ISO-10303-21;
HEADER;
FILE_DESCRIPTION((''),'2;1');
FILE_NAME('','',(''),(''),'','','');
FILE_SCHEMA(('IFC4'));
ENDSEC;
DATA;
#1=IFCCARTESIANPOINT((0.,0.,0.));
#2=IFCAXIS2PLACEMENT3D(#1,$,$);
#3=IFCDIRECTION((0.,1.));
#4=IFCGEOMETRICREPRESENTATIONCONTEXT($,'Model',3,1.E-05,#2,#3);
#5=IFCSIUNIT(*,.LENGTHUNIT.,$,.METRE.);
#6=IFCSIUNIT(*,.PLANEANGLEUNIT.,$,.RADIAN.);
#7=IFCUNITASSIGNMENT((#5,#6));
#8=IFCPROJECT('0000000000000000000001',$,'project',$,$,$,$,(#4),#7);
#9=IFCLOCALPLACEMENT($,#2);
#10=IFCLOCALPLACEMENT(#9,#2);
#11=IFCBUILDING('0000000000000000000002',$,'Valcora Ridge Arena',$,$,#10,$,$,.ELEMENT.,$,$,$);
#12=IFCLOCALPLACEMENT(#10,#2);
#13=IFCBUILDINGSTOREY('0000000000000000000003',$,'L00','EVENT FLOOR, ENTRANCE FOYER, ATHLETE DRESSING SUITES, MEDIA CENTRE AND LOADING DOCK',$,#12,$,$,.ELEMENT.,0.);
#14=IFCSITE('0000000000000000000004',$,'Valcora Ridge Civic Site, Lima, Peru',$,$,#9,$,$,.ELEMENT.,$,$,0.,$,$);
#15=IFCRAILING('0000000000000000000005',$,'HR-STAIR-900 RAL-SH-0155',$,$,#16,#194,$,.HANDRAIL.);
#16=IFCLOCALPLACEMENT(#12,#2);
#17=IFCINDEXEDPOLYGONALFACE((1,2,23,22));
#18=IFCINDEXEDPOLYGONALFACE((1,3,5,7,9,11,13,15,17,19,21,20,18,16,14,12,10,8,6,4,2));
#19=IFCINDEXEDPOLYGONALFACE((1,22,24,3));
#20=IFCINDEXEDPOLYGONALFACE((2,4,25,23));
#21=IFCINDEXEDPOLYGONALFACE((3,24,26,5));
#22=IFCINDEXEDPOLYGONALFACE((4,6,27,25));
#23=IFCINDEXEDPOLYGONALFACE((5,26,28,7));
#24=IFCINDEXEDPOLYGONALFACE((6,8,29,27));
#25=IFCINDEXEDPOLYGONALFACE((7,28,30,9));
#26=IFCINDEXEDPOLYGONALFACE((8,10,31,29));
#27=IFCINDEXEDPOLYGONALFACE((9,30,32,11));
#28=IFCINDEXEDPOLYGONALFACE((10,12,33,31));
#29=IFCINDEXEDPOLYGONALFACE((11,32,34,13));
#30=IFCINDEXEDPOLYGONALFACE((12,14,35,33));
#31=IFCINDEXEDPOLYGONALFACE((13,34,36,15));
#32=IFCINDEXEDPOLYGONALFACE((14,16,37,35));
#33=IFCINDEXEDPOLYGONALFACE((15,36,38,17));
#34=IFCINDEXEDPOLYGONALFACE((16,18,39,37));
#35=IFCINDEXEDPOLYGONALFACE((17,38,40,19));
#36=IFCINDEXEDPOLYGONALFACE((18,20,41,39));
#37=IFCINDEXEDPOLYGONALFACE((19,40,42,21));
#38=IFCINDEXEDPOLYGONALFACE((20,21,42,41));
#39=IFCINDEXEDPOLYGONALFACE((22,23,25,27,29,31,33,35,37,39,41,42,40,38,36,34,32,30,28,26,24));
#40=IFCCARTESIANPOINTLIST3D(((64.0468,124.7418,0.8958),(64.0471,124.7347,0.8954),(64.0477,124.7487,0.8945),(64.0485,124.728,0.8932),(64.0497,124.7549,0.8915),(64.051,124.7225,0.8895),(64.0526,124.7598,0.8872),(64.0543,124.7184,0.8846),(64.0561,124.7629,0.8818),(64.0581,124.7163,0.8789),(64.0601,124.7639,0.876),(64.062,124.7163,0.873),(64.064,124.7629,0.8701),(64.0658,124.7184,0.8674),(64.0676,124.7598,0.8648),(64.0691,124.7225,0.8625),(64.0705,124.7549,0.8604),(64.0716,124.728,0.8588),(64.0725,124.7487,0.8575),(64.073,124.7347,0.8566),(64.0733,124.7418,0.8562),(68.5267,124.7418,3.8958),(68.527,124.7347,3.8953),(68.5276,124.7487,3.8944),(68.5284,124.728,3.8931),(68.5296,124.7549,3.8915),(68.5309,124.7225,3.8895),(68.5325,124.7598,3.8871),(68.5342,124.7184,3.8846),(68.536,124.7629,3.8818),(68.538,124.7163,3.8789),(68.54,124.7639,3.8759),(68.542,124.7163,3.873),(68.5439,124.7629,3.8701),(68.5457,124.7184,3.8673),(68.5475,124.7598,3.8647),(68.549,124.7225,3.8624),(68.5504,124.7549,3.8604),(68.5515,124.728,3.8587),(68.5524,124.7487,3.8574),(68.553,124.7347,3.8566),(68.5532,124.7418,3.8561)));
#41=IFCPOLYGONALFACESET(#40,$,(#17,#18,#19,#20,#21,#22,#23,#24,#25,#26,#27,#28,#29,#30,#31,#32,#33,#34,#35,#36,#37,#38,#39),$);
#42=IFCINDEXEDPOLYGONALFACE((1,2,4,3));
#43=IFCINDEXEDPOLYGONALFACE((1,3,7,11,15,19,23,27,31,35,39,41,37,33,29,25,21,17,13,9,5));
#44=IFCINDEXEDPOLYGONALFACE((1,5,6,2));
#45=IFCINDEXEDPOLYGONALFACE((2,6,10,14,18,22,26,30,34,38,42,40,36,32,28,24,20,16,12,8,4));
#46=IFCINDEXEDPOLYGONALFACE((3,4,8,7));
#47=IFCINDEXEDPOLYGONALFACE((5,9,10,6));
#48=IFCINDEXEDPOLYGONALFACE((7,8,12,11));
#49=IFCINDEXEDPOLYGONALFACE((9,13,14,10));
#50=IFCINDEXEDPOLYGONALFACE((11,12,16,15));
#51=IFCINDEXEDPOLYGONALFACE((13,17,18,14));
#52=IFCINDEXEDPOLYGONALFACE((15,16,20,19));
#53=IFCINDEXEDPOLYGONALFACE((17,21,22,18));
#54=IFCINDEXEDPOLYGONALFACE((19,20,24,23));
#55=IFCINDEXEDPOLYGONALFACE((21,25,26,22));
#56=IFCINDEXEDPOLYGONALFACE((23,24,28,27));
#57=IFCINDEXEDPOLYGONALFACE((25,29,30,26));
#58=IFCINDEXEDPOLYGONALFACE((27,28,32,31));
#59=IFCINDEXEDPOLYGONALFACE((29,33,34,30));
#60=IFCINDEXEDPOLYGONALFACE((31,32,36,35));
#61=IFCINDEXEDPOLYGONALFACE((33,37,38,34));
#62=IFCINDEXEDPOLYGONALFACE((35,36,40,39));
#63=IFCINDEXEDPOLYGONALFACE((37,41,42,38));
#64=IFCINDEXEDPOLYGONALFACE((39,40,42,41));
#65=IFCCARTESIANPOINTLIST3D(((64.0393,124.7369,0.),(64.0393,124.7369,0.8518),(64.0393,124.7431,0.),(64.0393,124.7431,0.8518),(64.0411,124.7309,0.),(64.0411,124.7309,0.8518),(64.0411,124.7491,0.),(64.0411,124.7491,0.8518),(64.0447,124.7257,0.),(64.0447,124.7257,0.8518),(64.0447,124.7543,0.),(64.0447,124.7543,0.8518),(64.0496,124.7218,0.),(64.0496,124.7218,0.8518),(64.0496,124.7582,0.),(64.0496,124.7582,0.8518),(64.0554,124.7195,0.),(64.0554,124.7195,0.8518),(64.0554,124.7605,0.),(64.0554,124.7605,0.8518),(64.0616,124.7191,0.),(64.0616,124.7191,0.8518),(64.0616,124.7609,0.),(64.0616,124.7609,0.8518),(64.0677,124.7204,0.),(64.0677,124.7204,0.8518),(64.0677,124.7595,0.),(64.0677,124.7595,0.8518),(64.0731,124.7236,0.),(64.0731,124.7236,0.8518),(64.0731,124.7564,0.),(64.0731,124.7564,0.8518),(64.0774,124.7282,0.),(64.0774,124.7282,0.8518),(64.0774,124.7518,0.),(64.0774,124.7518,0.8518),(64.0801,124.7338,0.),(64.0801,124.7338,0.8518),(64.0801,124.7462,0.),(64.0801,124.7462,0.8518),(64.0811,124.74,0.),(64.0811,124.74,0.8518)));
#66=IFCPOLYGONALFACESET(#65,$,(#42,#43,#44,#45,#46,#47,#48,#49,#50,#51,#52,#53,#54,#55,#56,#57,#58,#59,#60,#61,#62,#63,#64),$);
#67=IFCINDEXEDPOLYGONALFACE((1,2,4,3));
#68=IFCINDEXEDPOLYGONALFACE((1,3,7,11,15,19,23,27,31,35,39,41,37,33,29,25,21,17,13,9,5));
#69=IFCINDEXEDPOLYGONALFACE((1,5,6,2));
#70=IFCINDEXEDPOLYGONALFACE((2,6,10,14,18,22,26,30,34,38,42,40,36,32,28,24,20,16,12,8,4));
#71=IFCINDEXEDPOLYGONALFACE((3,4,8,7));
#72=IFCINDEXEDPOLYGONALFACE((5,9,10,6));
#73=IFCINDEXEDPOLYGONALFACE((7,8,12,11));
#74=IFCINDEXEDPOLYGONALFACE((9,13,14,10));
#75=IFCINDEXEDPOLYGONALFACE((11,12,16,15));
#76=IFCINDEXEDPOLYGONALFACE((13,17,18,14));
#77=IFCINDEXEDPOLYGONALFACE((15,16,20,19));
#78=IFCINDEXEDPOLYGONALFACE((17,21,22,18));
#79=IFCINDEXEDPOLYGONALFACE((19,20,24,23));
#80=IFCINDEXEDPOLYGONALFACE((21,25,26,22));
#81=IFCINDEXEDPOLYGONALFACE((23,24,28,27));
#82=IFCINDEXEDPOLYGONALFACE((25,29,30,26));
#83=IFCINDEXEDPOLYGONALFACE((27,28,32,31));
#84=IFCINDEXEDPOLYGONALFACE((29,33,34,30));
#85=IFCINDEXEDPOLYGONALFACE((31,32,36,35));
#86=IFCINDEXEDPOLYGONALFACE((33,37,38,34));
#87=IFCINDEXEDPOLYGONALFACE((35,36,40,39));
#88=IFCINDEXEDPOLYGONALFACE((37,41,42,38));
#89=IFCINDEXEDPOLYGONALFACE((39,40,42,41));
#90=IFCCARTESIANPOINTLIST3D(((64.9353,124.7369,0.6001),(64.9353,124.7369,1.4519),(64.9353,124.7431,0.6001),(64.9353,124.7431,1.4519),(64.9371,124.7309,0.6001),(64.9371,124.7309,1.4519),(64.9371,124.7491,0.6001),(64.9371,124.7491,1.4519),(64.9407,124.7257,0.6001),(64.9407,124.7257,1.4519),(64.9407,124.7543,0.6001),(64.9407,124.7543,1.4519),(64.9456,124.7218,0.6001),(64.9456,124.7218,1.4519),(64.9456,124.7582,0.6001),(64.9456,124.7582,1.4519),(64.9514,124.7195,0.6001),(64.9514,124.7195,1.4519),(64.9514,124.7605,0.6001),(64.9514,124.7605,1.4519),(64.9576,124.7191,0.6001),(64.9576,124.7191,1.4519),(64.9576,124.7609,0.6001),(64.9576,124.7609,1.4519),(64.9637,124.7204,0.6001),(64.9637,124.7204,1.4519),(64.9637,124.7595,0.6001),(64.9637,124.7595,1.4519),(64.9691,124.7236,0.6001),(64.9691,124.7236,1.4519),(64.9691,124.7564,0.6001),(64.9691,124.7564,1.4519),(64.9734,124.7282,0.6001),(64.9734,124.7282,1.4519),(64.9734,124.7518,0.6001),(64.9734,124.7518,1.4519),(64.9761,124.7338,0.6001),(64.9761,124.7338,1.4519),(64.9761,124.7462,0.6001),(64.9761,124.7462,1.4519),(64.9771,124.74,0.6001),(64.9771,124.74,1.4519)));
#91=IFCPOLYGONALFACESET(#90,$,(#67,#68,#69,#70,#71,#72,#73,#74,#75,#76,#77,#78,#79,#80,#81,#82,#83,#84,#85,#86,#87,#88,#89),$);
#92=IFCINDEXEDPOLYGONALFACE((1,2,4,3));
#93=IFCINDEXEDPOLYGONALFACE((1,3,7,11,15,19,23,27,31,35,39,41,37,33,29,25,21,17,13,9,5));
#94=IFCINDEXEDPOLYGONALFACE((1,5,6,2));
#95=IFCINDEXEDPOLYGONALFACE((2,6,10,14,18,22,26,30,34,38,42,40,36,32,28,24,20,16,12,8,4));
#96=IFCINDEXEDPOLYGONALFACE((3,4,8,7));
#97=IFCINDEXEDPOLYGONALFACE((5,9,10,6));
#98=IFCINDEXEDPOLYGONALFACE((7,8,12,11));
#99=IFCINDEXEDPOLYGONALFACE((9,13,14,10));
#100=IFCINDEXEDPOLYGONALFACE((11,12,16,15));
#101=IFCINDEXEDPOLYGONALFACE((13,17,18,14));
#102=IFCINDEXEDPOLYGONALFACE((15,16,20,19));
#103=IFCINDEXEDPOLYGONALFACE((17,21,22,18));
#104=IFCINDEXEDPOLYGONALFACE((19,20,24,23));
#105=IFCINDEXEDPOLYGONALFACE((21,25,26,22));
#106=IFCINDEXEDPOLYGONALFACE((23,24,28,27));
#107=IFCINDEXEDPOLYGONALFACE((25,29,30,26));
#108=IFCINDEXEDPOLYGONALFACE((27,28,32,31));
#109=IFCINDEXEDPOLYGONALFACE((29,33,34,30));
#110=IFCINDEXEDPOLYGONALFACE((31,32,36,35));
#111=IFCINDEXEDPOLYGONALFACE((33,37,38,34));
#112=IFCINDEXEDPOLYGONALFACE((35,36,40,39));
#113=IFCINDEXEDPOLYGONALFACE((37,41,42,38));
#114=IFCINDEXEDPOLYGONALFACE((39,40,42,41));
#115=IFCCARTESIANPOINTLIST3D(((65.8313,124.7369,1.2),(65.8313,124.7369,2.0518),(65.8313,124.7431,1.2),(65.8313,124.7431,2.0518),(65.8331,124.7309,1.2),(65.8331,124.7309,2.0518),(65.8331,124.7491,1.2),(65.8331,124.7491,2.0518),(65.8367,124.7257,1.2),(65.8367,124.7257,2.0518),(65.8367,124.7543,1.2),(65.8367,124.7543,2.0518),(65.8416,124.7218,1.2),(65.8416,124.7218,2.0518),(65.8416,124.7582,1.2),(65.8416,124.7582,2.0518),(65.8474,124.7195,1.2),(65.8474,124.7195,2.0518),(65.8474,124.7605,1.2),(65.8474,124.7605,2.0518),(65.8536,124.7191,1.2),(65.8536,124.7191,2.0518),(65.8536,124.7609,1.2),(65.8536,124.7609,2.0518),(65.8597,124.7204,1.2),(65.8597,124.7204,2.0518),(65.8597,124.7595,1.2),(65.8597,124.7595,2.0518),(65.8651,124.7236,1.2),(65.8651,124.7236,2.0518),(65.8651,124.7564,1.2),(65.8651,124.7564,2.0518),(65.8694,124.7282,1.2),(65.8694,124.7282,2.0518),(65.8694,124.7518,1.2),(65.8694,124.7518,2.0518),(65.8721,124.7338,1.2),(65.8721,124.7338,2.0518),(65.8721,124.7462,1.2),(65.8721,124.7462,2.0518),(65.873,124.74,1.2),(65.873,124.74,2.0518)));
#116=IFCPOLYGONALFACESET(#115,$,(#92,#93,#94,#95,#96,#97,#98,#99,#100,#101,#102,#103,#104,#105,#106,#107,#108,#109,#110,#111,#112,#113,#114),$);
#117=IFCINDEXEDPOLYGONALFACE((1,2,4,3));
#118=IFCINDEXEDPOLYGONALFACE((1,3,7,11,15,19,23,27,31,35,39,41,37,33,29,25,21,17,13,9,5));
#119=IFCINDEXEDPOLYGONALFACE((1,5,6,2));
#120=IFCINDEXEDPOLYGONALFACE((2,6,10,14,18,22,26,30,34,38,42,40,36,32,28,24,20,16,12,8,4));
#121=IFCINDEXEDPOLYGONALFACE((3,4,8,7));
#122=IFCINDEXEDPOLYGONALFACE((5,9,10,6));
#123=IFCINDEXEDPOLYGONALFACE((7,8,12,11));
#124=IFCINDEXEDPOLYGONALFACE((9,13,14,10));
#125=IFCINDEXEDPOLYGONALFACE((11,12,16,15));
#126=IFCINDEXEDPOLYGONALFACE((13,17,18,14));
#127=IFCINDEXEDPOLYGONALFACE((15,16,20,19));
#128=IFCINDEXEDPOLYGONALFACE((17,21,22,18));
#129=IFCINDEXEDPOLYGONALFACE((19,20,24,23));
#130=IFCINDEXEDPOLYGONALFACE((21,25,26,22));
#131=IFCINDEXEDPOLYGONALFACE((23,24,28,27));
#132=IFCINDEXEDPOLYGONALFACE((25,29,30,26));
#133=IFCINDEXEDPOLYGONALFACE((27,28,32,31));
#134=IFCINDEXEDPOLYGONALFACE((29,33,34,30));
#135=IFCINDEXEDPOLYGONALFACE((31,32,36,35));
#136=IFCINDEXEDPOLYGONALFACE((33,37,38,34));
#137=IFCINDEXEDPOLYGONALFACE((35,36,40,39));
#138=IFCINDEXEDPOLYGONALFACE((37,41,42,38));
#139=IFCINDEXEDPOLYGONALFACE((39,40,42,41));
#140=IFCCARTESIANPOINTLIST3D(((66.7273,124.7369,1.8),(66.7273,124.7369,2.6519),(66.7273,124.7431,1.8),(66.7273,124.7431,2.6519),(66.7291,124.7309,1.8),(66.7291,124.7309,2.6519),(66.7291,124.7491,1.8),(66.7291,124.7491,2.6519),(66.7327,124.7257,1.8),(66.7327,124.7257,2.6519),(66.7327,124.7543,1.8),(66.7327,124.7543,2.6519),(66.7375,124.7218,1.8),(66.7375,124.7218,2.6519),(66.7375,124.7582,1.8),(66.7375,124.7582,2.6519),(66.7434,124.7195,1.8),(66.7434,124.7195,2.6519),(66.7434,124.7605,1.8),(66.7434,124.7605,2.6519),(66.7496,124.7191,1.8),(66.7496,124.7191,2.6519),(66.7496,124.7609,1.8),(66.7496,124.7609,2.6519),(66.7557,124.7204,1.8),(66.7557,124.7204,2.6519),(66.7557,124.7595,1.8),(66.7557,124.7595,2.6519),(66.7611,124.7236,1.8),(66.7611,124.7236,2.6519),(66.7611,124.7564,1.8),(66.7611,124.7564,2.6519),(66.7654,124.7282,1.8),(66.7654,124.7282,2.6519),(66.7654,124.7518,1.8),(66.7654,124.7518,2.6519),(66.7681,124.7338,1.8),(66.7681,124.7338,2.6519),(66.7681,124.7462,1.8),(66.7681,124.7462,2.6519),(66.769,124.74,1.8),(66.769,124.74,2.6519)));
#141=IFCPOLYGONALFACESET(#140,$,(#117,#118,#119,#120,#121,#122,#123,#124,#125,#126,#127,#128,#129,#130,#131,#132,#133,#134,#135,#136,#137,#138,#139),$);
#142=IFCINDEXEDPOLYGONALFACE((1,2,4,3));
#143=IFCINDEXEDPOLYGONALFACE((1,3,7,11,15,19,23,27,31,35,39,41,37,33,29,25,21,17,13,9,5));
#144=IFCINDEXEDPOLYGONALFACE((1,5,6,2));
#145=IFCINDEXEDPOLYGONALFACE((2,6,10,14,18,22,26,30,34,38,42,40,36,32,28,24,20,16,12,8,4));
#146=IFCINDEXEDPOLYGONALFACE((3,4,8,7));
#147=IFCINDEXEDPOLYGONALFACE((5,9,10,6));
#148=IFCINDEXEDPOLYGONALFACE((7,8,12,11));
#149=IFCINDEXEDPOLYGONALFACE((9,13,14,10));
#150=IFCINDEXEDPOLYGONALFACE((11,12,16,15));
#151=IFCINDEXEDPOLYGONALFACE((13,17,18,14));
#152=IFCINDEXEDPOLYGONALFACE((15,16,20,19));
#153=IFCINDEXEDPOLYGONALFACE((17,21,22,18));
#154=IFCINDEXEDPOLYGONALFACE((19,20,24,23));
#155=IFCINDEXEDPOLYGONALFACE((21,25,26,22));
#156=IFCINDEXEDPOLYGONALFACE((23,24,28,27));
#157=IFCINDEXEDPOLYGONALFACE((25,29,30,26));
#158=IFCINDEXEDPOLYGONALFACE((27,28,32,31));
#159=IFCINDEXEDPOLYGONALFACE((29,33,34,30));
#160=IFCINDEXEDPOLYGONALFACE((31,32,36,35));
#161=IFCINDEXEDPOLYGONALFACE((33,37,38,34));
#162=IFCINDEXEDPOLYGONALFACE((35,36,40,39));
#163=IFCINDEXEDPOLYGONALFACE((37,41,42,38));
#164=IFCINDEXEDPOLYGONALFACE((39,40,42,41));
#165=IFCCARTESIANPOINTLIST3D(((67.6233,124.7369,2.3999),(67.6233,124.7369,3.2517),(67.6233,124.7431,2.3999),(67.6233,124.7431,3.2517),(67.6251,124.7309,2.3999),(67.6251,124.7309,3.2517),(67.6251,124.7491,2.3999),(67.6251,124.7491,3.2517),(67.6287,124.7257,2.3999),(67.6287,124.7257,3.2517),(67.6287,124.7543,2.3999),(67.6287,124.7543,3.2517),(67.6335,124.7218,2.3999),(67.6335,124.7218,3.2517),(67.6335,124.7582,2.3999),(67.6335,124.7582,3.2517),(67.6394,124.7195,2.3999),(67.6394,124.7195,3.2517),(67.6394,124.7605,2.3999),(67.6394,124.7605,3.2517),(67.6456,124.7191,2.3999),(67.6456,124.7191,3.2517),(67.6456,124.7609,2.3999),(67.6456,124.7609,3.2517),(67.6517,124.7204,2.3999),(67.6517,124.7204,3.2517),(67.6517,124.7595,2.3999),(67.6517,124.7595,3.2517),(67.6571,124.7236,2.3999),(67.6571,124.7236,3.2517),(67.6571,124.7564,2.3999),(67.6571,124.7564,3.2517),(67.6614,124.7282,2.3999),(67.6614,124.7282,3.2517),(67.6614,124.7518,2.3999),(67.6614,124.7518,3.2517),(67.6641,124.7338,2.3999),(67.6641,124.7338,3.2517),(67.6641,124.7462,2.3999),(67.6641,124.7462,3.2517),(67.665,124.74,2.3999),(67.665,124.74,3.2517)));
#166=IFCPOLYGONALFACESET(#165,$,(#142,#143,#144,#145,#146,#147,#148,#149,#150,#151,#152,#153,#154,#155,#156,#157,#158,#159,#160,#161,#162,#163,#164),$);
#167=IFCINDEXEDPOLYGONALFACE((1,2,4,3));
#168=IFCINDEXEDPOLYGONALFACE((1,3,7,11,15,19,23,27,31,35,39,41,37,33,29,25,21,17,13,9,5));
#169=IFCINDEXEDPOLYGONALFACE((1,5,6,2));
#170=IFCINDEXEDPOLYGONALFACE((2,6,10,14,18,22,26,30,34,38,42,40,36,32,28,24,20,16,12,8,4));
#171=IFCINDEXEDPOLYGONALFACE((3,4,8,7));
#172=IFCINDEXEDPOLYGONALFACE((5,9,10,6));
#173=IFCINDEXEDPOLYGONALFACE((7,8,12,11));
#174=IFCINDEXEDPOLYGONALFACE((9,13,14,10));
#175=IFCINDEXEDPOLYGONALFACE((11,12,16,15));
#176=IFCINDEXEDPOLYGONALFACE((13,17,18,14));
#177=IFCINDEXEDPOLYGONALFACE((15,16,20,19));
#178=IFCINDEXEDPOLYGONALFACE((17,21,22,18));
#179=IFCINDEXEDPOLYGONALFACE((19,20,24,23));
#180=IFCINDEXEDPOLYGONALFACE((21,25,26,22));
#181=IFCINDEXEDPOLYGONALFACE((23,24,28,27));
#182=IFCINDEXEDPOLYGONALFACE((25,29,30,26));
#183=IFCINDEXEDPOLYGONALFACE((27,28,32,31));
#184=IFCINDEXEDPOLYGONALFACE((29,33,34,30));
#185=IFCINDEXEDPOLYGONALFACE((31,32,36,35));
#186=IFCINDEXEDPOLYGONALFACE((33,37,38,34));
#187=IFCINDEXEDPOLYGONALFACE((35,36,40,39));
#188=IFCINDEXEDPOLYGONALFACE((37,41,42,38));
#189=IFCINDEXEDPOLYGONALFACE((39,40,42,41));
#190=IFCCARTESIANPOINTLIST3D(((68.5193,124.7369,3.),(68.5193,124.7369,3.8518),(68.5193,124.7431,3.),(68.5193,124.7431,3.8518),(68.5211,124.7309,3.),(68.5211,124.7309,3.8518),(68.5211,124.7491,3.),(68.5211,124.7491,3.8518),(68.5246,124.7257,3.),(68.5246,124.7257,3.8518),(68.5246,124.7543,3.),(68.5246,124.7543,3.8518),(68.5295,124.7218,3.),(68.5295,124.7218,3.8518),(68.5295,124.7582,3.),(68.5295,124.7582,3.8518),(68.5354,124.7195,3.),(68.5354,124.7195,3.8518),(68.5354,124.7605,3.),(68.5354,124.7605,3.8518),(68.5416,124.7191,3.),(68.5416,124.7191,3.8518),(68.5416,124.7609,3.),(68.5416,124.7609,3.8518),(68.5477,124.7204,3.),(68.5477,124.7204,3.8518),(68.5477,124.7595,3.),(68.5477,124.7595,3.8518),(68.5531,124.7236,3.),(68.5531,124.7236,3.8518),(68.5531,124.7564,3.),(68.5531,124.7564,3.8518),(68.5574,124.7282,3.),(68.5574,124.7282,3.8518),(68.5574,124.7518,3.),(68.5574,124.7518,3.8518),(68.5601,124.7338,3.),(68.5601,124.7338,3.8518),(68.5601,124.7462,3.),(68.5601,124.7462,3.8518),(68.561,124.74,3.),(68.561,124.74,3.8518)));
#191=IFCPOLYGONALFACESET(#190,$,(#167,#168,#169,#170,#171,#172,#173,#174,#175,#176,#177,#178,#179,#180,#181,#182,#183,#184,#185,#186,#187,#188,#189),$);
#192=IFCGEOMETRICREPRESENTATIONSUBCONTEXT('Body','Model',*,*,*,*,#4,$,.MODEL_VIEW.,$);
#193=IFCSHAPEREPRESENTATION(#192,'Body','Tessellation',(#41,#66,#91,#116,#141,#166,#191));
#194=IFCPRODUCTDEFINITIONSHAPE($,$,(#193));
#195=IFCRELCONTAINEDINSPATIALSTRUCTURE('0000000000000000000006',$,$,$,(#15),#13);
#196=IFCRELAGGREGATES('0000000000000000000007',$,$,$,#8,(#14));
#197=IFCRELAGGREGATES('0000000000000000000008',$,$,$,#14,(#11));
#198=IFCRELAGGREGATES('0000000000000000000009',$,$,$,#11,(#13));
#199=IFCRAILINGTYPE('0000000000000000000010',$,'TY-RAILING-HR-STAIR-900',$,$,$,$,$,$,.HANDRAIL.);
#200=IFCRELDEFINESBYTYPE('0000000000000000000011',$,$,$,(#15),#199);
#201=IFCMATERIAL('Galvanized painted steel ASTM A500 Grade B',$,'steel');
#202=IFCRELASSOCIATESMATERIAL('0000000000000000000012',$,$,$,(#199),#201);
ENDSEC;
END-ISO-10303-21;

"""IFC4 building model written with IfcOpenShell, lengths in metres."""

from ifc_helpers import new_model, si_unit, direction, frame, origin, origin_2d, place, context, subcontext, project, spatial, circle, extrude, material, type_object, element, save


model = new_model("IFC4")

# Units and contexts
model_context = context("Model", 3, precision=1e-05, world=origin(), true_north=direction((0.0, 1.0)))
body_context = subcontext(model_context, "Body", "Model", "MODEL_VIEW")
ifc_project = project(units=[si_unit("LENGTHUNIT", "METRE"), si_unit("PLANEANGLEUNIT", "RADIAN")], contexts=[model_context])

# Site, building, storey
site_placement = place(None, origin())
site = spatial("IfcSite", under=ifc_project, at=site_placement, Name="Valcora Ridge Civic Site, Lima, Peru", CompositionType="ELEMENT", RefElevation=0.0)
building_placement = place(site_placement, origin())
building = spatial("IfcBuilding", under=site, at=building_placement, Name="Valcora Ridge Arena", CompositionType="ELEMENT")
storey_placement = place(building_placement, origin())
storey = spatial("IfcBuildingStorey", under=building, at=storey_placement, Name="L00", Description="EVENT FLOOR, ENTRANCE FOYER, ATHLETE DRESSING SUITES, MEDIA CENTRE AND LOADING DOCK", CompositionType="ELEMENT", Elevation=0.0)

# Railing
ifc_material_1 = material(Name="Galvanized painted steel ASTM A500 Grade B", Category="steel")
railing_type_1 = type_object("IfcRailingType", Name="TY-RAILING-HR-STAIR-900", PredefinedType="HANDRAIL", material=ifc_material_1)
railing_1_placement = place(storey_placement, frame((64.0601, 124.74, 0.0)))
element("IfcRailing", 1, at=railing_1_placement, inside=storey, type_object=railing_type_1, Name="HR-STAIR-900 RAL-SH-0155", PredefinedType="HANDRAIL", context=body_context, shape_type="SweptSolid", body=[
    extrude(circle(Radius=0.0239, at=origin_2d()), frame((0.0, 0.0, 0.876), z_axis=(0.830906, 0.0, 0.556413), x_axis=(0.0, 1.0, 0.0)), (0.0, 0.0, 1.0), 5.3916),
    extrude(circle(Radius=0.021, at=origin_2d()), origin(), (0.0, 0.0, 1.0), 0.8518),
    extrude(circle(Radius=0.021, at=origin_2d()), frame((0.896, 0.0, 0.6001)), (0.0, 0.0, 1.0), 0.8518),
    extrude(circle(Radius=0.021, at=origin_2d()), frame((1.792, 0.0, 1.2)), (0.0, 0.0, 1.0), 0.8518),
    extrude(circle(Radius=0.021, at=origin_2d()), frame((2.688, 0.0, 1.8)), (0.0, 0.0, 1.0), 0.8518),
    extrude(circle(Radius=0.021, at=origin_2d()), frame((3.584, 0.0, 2.3999)), (0.0, 0.0, 1.0), 0.8518),
    extrude(circle(Radius=0.021, at=origin_2d()), frame((4.48, 0.0, 3.0)), (0.0, 0.0, 1.0), 0.8518),
])

save(model, "model.ifc")
